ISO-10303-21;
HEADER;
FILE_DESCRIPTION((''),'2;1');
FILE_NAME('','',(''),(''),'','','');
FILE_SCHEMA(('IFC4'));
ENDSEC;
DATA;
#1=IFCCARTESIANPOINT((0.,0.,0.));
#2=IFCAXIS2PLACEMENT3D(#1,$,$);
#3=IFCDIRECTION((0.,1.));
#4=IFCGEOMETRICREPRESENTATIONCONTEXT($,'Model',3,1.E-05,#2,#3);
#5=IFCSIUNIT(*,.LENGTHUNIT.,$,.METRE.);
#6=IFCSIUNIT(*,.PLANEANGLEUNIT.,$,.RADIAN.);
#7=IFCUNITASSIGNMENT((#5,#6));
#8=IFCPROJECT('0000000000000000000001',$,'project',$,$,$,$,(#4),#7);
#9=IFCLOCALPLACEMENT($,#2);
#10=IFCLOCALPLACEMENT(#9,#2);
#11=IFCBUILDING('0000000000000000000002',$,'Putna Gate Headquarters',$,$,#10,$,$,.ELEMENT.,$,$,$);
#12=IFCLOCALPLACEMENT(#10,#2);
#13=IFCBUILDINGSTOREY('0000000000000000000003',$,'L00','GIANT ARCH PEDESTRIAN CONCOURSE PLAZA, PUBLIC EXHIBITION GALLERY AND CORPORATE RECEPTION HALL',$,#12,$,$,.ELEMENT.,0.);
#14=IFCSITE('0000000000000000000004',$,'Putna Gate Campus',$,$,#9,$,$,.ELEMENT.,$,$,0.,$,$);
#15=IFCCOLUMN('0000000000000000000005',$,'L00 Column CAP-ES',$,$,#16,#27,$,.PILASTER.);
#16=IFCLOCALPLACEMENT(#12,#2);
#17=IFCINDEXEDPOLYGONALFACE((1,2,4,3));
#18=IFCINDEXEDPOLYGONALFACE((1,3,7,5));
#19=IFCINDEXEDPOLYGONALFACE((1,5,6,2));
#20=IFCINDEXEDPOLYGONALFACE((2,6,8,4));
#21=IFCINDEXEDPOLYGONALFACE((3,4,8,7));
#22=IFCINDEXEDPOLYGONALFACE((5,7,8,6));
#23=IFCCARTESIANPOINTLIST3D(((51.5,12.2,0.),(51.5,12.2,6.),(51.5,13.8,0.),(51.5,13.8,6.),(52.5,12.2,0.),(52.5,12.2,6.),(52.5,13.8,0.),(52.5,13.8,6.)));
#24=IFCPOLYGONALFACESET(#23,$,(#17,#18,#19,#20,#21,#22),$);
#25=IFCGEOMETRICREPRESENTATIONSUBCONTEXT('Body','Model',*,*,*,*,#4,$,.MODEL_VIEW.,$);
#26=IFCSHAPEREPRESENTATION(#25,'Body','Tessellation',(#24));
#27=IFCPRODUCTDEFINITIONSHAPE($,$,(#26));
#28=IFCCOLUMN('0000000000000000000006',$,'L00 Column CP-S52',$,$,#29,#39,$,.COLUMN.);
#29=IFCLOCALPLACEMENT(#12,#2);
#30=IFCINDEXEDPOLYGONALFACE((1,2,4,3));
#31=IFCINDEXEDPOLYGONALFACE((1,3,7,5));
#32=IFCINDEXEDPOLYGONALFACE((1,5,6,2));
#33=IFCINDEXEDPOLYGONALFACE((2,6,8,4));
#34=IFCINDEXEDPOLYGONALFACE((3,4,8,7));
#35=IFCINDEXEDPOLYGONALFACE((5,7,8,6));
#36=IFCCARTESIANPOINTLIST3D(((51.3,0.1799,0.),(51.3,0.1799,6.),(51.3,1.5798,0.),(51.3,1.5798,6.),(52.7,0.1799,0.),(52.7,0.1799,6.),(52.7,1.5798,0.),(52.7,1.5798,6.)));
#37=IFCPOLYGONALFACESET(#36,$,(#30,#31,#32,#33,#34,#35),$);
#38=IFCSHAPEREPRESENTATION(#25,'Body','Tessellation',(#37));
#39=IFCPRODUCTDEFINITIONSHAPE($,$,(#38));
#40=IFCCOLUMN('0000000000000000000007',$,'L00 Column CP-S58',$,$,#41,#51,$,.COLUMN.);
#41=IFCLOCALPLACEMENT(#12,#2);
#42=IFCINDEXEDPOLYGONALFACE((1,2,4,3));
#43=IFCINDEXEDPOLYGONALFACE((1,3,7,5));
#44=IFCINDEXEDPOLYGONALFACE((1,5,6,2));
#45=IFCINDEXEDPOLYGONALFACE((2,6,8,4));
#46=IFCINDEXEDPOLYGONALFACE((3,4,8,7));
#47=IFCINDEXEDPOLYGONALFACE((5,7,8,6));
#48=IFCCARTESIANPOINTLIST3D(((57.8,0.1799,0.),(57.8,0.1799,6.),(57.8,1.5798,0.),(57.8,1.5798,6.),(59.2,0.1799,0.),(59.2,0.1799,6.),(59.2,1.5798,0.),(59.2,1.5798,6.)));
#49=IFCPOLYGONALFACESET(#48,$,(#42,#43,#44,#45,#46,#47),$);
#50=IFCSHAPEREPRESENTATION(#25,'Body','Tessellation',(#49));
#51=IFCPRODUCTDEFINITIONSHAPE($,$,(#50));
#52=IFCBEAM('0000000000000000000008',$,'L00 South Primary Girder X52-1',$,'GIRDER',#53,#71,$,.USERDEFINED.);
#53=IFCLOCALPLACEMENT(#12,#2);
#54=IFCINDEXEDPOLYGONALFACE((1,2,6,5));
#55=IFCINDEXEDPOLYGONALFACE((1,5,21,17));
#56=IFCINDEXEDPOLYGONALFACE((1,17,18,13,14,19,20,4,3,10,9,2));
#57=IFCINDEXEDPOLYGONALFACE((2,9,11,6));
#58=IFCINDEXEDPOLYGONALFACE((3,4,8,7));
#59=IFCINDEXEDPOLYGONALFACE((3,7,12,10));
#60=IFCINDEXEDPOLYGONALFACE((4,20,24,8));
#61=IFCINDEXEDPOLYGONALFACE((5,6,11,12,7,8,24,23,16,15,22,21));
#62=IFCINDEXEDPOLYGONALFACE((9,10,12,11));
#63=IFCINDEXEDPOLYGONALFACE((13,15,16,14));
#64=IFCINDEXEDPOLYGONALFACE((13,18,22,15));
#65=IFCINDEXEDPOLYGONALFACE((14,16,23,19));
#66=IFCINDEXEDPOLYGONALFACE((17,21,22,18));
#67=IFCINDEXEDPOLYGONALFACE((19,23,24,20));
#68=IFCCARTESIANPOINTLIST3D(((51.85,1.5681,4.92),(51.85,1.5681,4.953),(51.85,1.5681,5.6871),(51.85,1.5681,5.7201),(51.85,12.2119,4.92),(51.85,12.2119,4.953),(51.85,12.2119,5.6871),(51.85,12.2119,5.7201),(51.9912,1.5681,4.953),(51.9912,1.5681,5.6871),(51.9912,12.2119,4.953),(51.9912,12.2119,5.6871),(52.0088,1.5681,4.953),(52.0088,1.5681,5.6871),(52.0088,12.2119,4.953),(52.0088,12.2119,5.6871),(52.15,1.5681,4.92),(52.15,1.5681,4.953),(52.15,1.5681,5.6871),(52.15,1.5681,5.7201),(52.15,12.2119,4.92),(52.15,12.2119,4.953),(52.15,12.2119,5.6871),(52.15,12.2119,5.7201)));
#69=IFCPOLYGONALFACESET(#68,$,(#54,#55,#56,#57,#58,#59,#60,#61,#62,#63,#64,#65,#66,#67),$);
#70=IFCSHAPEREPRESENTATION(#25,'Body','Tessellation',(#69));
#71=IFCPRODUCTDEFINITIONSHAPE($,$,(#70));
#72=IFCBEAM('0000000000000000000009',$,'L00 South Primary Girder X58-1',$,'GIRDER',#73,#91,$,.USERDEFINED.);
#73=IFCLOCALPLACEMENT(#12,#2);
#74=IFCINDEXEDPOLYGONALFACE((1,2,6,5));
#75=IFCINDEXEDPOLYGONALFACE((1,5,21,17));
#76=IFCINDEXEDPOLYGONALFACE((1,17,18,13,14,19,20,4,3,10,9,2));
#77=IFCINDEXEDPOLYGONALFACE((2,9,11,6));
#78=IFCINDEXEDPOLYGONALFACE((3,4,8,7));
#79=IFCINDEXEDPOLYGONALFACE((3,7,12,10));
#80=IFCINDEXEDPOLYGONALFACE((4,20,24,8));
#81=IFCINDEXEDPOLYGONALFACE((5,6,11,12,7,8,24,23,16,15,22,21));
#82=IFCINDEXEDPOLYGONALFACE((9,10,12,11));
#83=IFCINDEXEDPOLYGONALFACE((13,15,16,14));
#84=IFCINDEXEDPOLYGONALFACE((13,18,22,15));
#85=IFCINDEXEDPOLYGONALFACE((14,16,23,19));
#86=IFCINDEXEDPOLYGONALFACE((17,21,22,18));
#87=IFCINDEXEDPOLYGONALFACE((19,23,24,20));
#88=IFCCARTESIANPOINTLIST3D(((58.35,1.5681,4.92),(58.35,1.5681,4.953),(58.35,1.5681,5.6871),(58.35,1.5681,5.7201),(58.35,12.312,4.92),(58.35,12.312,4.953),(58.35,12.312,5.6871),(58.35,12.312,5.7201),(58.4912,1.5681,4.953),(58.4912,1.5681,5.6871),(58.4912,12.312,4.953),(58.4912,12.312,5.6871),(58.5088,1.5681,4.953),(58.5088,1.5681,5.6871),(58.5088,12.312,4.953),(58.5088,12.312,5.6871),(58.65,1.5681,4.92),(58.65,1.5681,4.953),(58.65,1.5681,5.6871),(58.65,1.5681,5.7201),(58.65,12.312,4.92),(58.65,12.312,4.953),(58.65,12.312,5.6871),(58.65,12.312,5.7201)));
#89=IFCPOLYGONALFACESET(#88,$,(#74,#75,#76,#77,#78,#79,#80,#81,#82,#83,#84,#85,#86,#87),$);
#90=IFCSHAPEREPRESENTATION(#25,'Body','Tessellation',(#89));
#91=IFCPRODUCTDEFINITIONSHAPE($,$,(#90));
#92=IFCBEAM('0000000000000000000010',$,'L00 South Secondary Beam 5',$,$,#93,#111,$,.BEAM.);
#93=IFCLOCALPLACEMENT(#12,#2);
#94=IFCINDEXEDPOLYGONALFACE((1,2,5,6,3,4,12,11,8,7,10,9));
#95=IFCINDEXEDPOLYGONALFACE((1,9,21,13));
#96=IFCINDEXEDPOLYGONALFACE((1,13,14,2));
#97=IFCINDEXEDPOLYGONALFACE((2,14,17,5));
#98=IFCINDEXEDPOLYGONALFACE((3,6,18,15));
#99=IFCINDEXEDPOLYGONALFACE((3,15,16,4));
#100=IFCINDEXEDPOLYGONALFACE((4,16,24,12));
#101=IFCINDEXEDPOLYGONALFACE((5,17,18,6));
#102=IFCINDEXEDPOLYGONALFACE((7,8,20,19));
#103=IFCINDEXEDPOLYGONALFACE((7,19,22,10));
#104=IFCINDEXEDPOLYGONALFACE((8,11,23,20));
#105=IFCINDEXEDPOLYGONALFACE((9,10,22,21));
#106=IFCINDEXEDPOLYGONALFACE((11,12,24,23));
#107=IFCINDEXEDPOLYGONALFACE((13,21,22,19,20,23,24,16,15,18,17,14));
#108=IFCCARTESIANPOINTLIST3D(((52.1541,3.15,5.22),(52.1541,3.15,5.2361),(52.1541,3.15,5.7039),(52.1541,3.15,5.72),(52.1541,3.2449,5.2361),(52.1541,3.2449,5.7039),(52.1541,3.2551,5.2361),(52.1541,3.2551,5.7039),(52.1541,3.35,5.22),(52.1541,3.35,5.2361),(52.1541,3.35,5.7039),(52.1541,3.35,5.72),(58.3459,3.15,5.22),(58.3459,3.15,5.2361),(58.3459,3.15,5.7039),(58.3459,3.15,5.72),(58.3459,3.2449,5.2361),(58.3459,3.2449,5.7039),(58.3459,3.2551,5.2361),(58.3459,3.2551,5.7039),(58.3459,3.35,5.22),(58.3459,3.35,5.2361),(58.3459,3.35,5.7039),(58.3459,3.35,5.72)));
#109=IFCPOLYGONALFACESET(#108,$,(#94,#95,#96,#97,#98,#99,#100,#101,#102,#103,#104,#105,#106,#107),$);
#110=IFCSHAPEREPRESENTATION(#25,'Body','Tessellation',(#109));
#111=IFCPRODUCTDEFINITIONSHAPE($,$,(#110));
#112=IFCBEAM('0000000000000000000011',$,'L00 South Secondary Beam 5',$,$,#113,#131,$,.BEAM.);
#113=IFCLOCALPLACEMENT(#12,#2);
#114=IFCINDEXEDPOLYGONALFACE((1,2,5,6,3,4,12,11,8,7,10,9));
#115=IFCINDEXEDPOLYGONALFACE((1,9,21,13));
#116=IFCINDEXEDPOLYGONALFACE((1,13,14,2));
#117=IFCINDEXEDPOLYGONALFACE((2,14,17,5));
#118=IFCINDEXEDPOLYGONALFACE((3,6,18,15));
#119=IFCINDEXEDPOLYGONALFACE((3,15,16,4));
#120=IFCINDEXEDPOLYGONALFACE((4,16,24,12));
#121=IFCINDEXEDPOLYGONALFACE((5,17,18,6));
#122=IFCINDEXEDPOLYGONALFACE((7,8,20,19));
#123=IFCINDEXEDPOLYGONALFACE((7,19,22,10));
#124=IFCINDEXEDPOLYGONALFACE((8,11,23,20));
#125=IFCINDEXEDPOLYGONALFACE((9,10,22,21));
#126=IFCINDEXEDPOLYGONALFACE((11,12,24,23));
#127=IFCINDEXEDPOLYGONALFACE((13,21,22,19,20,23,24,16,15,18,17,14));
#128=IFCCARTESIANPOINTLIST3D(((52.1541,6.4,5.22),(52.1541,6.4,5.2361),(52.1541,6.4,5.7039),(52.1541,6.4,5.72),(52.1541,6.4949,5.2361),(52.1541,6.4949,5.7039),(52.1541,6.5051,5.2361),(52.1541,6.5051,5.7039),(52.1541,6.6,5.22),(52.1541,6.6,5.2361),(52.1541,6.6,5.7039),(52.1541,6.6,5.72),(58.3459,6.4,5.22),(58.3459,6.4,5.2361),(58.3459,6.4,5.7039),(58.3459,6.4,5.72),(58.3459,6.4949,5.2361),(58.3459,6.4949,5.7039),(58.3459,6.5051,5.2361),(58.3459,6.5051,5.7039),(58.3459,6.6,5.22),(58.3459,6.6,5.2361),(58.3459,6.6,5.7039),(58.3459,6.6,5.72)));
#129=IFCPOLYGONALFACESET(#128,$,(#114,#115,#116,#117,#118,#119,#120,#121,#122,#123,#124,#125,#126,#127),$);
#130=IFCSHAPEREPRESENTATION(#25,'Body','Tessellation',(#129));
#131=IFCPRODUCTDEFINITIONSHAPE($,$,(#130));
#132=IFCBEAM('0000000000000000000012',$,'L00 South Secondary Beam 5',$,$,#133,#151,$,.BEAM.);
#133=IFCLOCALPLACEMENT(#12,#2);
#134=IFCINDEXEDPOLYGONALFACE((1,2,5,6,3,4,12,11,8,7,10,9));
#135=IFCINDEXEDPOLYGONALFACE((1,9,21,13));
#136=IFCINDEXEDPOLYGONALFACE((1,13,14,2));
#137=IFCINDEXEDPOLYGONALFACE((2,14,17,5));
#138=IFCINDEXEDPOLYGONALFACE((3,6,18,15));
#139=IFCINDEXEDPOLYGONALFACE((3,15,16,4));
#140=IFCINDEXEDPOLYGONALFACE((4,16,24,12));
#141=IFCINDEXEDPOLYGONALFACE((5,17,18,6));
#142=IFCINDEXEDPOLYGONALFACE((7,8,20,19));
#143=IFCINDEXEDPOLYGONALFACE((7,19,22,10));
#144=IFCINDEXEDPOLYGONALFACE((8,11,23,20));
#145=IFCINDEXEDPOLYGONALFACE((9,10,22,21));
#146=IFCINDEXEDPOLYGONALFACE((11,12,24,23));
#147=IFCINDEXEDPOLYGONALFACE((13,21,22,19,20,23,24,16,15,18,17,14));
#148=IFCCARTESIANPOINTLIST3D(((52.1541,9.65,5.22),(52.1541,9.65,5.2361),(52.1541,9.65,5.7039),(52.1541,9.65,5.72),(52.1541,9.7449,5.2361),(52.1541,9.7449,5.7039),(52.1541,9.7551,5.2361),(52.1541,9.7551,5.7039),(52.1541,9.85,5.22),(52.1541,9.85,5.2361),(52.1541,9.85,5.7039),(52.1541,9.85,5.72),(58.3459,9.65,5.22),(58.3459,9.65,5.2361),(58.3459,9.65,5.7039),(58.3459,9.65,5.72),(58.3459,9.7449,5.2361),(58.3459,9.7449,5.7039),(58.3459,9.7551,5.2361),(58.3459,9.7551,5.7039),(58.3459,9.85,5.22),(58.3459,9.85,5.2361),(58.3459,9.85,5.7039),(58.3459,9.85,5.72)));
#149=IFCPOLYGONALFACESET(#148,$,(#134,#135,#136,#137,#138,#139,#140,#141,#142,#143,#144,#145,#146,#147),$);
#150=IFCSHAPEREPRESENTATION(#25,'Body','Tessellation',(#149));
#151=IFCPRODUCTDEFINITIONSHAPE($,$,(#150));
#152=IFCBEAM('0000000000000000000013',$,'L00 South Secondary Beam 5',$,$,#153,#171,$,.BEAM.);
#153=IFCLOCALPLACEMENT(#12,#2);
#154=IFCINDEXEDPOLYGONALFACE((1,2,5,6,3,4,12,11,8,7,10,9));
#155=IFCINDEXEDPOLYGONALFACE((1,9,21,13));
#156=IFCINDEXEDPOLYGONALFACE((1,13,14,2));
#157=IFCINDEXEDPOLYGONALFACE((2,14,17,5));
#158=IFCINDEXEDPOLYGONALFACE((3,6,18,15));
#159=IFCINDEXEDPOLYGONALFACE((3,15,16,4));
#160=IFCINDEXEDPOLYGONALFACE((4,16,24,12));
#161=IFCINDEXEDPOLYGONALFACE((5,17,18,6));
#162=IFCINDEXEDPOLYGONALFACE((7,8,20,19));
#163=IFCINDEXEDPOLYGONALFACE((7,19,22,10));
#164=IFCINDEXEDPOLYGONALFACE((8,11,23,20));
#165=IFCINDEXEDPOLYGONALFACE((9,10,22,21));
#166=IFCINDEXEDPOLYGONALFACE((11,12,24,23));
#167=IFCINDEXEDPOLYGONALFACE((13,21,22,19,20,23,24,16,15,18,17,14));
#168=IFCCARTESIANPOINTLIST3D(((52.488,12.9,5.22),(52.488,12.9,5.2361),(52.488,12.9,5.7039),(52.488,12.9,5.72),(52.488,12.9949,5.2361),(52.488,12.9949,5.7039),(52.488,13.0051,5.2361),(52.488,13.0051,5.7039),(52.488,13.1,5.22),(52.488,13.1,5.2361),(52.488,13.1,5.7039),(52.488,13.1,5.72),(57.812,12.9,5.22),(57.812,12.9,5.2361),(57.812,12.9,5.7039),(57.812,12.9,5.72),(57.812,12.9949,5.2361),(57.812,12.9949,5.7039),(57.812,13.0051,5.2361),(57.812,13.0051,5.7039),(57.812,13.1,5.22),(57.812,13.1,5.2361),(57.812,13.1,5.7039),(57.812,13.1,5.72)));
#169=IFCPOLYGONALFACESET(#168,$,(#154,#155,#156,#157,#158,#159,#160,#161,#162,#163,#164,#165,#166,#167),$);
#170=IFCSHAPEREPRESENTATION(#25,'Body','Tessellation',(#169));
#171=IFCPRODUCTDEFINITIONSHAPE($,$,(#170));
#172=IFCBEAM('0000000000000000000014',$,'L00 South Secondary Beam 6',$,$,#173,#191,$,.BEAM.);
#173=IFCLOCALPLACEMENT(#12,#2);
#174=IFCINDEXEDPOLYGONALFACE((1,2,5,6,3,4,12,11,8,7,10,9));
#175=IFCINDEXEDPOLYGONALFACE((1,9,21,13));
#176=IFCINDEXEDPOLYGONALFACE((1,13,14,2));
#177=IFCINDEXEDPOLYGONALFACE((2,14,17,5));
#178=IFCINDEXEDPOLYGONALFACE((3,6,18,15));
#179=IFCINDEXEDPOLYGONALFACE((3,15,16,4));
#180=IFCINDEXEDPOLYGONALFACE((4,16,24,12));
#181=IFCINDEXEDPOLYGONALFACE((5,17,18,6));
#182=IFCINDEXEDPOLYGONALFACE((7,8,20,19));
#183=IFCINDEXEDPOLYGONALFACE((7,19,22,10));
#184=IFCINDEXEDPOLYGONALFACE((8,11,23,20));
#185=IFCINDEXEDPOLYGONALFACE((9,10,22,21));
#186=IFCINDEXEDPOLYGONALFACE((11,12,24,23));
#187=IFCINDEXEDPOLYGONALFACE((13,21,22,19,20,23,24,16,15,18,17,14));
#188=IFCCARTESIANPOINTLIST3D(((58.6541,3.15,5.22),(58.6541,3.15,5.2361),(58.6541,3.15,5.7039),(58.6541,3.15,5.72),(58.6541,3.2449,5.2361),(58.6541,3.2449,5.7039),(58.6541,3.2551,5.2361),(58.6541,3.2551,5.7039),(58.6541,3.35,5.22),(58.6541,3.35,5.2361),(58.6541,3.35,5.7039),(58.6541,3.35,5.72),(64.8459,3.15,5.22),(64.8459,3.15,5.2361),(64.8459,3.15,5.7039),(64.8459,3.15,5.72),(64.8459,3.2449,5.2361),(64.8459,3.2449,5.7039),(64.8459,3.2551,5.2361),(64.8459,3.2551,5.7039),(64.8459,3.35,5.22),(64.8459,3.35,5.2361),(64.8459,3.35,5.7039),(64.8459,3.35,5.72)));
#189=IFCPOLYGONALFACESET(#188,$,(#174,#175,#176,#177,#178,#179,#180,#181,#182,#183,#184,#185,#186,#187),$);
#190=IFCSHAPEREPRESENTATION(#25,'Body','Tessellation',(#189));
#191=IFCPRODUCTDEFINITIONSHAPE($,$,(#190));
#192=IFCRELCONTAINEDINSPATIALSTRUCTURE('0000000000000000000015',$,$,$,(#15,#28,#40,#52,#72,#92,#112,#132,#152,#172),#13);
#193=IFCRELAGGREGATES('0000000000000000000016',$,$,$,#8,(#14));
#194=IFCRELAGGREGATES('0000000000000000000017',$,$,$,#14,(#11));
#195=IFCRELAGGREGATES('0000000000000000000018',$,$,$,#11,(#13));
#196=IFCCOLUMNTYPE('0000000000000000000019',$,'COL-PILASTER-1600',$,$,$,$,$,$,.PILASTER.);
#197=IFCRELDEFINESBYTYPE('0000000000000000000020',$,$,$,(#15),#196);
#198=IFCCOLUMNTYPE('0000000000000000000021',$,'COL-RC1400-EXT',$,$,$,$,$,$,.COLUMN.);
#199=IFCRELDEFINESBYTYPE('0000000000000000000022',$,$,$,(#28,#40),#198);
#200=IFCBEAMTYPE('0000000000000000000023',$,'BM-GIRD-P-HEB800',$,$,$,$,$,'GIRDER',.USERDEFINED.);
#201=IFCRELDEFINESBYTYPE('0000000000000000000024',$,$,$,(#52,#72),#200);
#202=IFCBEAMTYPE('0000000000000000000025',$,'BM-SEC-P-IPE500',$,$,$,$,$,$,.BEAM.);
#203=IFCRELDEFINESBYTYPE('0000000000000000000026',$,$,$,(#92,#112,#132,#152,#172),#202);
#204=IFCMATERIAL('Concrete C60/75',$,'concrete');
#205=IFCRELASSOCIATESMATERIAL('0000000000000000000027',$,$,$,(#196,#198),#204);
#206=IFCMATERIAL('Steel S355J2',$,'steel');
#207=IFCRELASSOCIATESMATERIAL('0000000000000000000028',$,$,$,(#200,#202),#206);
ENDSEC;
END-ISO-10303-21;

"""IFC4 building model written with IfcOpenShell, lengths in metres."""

from ifc_helpers import new_model, si_unit, direction, frame, origin, origin_2d, place, context, subcontext, project, spatial, rectangle, i_section, extrude, material, material_profile, profile_set, type_object, element, save


model = new_model("IFC4")

# Units and contexts
model_context = context("Model", 3, precision=1e-05, world=origin(), true_north=direction((0.0, 1.0)))
body_context = subcontext(model_context, "Body", "Model", "MODEL_VIEW")
ifc_project = project(units=[si_unit("LENGTHUNIT", "METRE"), si_unit("PLANEANGLEUNIT", "RADIAN")], contexts=[model_context])

# Site, building, storey
site_placement = place(None, origin())
site = spatial("IfcSite", under=ifc_project, at=site_placement, Name="Putna Gate Campus", CompositionType="ELEMENT", RefElevation=0.0)
building_placement = place(site_placement, origin())
building = spatial("IfcBuilding", under=site, at=building_placement, Name="Putna Gate Headquarters", CompositionType="ELEMENT")
storey_placement = place(building_placement, origin())
storey = spatial("IfcBuildingStorey", under=building, at=storey_placement, Name="L00", Description="GIANT ARCH PEDESTRIAN CONCOURSE PLAZA, PUBLIC EXHIBITION GALLERY AND CORPORATE RECEPTION HALL", CompositionType="ELEMENT", Elevation=0.0)

# Columns
ifc_material_1 = material(Name="Concrete C60/75", Category="concrete")
ifc_material_profile_1 = material_profile(ifc_material_1, rectangle(XDim=1.0, YDim=1.6001, at=origin_2d()), Name="Concrete C60/75")
ifc_profile_set_1 = profile_set([ifc_material_profile_1], Name="Concrete C60/75")
column_type_1 = type_object("IfcColumnType", Name="COL-PILASTER-1600", PredefinedType="PILASTER", material=ifc_profile_set_1)
column_placement = place(storey_placement, frame((52.0, 13.0, 0.0), z_axis=(0.0, 0.0, 1.0), x_axis=(1.0, 0.0, 0.0)))
element("IfcColumn", 1, at=column_placement, inside=storey, type_object=column_type_1, Name="L00 Column CAP-ES", PredefinedType="PILASTER", context=body_context, shape_type="SweptSolid", body=[
    extrude(rectangle(XDim=1.0, YDim=1.6001, at=origin_2d()), origin(), (0.0, 0.0, 1.0), 6.0),
])
ifc_material_profile_2 = material_profile(ifc_material_1, rectangle(XDim=1.3999, YDim=1.3999, at=origin_2d()), Name="Concrete C60/75")
ifc_profile_set_2 = profile_set([ifc_material_profile_2], Name="Concrete C60/75")
column_type_2 = type_object("IfcColumnType", Name="COL-RC1400-EXT", PredefinedType="COLUMN", material=ifc_profile_set_2)
for number, where, z_axis, x_axis, name in (
    (2, (52.0, 0.8799, 0.0), (0.0, 0.0, 1.0), (1.0, 0.0, 0.0), "L00 Column CP-S52"),
    (3, (58.5, 0.8799, 0.0), (0.0, 0.0, 1.0), (1.0, 0.0, 0.0), "L00 Column CP-S58"),
):
    element("IfcColumn", number, at=place(storey_placement, frame(where, z_axis=z_axis, x_axis=x_axis)), inside=storey, type_object=column_type_2, Name=name, PredefinedType="COLUMN", context=body_context, shape_type="SweptSolid", body=[
        extrude(rectangle(XDim=1.3999, YDim=1.3999, at=origin_2d()), origin(), (0.0, 0.0, 1.0), 6.0),
    ])

# Beams
ifc_material_2 = material(Name="Steel S355J2", Category="steel")
ifc_material_profile_3 = material_profile(ifc_material_2, i_section(OverallWidth=0.3, OverallDepth=0.8, WebThickness=0.0176, FlangeThickness=0.033, at=origin_2d()), Name="Steel S355J2")
ifc_profile_set_3 = profile_set([ifc_material_profile_3], Name="Steel S355J2")
beam_type_1 = type_object("IfcBeamType", Name="BM-GIRD-P-HEB800", ElementType="GIRDER", PredefinedType="USERDEFINED", material=ifc_profile_set_3)
beam_1_placement = place(storey_placement, frame((52.0, 1.5681, 5.3201), z_axis=(0.0, 1.0, 0.0), x_axis=(-1.0, 0.0, 0.0)))
element("IfcBeam", 4, at=beam_1_placement, inside=storey, type_object=beam_type_1, Name="L00 South Primary Girder X52-1", ObjectType="GIRDER", PredefinedType="USERDEFINED", context=body_context, shape_type="SweptSolid", body=[
    extrude(i_section(OverallWidth=0.3, OverallDepth=0.8, WebThickness=0.0176, FlangeThickness=0.033, at=origin_2d()), origin(), (0.0, 0.0, 1.0), 10.6438),
])
beam_2_placement = place(storey_placement, frame((58.5, 1.5681, 5.3201), z_axis=(0.0, 1.0, 0.0), x_axis=(-1.0, 0.0, 0.0)))
element("IfcBeam", 5, at=beam_2_placement, inside=storey, type_object=beam_type_1, Name="L00 South Primary Girder X58-1", ObjectType="GIRDER", PredefinedType="USERDEFINED", context=body_context, shape_type="SweptSolid", body=[
    extrude(i_section(OverallWidth=0.3, OverallDepth=0.8, WebThickness=0.0176, FlangeThickness=0.033, at=origin_2d()), origin(), (0.0, 0.0, 1.0), 10.7439),
])
ifc_material_profile_4 = material_profile(ifc_material_2, i_section(OverallWidth=0.2, OverallDepth=0.5, WebThickness=0.0103, FlangeThickness=0.0161, at=origin_2d()), Name="Steel S355J2")
ifc_profile_set_4 = profile_set([ifc_material_profile_4], Name="Steel S355J2")
beam_type_2 = type_object("IfcBeamType", Name="BM-SEC-P-IPE500", PredefinedType="BEAM", material=ifc_profile_set_4)
for number, where, z_axis, x_axis, name in (
    (6, (52.1541, 3.25, 5.47), (1.0, 0.0, 0.0), (0.0, 1.0, 0.0), "L00 South Secondary Beam 5"),
    (7, (52.1541, 6.5, 5.47), (1.0, 0.0, 0.0), (0.0, 1.0, 0.0), "L00 South Secondary Beam 5"),
    (8, (52.1541, 9.75, 5.47), (1.0, 0.0, 0.0), (0.0, 1.0, 0.0), "L00 South Secondary Beam 5"),
):
    element("IfcBeam", number, at=place(storey_placement, frame(where, z_axis=z_axis, x_axis=x_axis)), inside=storey, type_object=beam_type_2, Name=name, PredefinedType="BEAM", context=body_context, shape_type="SweptSolid", body=[
        extrude(i_section(OverallWidth=0.2, OverallDepth=0.5, WebThickness=0.0103, FlangeThickness=0.0161, at=origin_2d()), origin(), (0.0, 0.0, 1.0), 6.1919),
    ])
beam_3_placement = place(storey_placement, frame((52.488, 13.0, 5.47), z_axis=(1.0, 0.0, 0.0), x_axis=(0.0, 1.0, 0.0)))
element("IfcBeam", 9, at=beam_3_placement, inside=storey, type_object=beam_type_2, Name="L00 South Secondary Beam 5", PredefinedType="BEAM", context=body_context, shape_type="SweptSolid", body=[
    extrude(i_section(OverallWidth=0.2, OverallDepth=0.5, WebThickness=0.0103, FlangeThickness=0.0161, at=origin_2d()), origin(), (0.0, 0.0, 1.0), 5.324),
])
for number, where, z_axis, x_axis, name in (
    (10, (58.6541, 3.25, 5.47), (1.0, 0.0, 0.0), (0.0, 1.0, 0.0), "L00 South Secondary Beam 6"),
):
    element("IfcBeam", number, at=place(storey_placement, frame(where, z_axis=z_axis, x_axis=x_axis)), inside=storey, type_object=beam_type_2, Name=name, PredefinedType="BEAM", context=body_context, shape_type="SweptSolid", body=[
        extrude(i_section(OverallWidth=0.2, OverallDepth=0.5, WebThickness=0.0103, FlangeThickness=0.0161, at=origin_2d()), origin(), (0.0, 0.0, 1.0), 6.1919),
    ])

save(model, "model.ifc")
